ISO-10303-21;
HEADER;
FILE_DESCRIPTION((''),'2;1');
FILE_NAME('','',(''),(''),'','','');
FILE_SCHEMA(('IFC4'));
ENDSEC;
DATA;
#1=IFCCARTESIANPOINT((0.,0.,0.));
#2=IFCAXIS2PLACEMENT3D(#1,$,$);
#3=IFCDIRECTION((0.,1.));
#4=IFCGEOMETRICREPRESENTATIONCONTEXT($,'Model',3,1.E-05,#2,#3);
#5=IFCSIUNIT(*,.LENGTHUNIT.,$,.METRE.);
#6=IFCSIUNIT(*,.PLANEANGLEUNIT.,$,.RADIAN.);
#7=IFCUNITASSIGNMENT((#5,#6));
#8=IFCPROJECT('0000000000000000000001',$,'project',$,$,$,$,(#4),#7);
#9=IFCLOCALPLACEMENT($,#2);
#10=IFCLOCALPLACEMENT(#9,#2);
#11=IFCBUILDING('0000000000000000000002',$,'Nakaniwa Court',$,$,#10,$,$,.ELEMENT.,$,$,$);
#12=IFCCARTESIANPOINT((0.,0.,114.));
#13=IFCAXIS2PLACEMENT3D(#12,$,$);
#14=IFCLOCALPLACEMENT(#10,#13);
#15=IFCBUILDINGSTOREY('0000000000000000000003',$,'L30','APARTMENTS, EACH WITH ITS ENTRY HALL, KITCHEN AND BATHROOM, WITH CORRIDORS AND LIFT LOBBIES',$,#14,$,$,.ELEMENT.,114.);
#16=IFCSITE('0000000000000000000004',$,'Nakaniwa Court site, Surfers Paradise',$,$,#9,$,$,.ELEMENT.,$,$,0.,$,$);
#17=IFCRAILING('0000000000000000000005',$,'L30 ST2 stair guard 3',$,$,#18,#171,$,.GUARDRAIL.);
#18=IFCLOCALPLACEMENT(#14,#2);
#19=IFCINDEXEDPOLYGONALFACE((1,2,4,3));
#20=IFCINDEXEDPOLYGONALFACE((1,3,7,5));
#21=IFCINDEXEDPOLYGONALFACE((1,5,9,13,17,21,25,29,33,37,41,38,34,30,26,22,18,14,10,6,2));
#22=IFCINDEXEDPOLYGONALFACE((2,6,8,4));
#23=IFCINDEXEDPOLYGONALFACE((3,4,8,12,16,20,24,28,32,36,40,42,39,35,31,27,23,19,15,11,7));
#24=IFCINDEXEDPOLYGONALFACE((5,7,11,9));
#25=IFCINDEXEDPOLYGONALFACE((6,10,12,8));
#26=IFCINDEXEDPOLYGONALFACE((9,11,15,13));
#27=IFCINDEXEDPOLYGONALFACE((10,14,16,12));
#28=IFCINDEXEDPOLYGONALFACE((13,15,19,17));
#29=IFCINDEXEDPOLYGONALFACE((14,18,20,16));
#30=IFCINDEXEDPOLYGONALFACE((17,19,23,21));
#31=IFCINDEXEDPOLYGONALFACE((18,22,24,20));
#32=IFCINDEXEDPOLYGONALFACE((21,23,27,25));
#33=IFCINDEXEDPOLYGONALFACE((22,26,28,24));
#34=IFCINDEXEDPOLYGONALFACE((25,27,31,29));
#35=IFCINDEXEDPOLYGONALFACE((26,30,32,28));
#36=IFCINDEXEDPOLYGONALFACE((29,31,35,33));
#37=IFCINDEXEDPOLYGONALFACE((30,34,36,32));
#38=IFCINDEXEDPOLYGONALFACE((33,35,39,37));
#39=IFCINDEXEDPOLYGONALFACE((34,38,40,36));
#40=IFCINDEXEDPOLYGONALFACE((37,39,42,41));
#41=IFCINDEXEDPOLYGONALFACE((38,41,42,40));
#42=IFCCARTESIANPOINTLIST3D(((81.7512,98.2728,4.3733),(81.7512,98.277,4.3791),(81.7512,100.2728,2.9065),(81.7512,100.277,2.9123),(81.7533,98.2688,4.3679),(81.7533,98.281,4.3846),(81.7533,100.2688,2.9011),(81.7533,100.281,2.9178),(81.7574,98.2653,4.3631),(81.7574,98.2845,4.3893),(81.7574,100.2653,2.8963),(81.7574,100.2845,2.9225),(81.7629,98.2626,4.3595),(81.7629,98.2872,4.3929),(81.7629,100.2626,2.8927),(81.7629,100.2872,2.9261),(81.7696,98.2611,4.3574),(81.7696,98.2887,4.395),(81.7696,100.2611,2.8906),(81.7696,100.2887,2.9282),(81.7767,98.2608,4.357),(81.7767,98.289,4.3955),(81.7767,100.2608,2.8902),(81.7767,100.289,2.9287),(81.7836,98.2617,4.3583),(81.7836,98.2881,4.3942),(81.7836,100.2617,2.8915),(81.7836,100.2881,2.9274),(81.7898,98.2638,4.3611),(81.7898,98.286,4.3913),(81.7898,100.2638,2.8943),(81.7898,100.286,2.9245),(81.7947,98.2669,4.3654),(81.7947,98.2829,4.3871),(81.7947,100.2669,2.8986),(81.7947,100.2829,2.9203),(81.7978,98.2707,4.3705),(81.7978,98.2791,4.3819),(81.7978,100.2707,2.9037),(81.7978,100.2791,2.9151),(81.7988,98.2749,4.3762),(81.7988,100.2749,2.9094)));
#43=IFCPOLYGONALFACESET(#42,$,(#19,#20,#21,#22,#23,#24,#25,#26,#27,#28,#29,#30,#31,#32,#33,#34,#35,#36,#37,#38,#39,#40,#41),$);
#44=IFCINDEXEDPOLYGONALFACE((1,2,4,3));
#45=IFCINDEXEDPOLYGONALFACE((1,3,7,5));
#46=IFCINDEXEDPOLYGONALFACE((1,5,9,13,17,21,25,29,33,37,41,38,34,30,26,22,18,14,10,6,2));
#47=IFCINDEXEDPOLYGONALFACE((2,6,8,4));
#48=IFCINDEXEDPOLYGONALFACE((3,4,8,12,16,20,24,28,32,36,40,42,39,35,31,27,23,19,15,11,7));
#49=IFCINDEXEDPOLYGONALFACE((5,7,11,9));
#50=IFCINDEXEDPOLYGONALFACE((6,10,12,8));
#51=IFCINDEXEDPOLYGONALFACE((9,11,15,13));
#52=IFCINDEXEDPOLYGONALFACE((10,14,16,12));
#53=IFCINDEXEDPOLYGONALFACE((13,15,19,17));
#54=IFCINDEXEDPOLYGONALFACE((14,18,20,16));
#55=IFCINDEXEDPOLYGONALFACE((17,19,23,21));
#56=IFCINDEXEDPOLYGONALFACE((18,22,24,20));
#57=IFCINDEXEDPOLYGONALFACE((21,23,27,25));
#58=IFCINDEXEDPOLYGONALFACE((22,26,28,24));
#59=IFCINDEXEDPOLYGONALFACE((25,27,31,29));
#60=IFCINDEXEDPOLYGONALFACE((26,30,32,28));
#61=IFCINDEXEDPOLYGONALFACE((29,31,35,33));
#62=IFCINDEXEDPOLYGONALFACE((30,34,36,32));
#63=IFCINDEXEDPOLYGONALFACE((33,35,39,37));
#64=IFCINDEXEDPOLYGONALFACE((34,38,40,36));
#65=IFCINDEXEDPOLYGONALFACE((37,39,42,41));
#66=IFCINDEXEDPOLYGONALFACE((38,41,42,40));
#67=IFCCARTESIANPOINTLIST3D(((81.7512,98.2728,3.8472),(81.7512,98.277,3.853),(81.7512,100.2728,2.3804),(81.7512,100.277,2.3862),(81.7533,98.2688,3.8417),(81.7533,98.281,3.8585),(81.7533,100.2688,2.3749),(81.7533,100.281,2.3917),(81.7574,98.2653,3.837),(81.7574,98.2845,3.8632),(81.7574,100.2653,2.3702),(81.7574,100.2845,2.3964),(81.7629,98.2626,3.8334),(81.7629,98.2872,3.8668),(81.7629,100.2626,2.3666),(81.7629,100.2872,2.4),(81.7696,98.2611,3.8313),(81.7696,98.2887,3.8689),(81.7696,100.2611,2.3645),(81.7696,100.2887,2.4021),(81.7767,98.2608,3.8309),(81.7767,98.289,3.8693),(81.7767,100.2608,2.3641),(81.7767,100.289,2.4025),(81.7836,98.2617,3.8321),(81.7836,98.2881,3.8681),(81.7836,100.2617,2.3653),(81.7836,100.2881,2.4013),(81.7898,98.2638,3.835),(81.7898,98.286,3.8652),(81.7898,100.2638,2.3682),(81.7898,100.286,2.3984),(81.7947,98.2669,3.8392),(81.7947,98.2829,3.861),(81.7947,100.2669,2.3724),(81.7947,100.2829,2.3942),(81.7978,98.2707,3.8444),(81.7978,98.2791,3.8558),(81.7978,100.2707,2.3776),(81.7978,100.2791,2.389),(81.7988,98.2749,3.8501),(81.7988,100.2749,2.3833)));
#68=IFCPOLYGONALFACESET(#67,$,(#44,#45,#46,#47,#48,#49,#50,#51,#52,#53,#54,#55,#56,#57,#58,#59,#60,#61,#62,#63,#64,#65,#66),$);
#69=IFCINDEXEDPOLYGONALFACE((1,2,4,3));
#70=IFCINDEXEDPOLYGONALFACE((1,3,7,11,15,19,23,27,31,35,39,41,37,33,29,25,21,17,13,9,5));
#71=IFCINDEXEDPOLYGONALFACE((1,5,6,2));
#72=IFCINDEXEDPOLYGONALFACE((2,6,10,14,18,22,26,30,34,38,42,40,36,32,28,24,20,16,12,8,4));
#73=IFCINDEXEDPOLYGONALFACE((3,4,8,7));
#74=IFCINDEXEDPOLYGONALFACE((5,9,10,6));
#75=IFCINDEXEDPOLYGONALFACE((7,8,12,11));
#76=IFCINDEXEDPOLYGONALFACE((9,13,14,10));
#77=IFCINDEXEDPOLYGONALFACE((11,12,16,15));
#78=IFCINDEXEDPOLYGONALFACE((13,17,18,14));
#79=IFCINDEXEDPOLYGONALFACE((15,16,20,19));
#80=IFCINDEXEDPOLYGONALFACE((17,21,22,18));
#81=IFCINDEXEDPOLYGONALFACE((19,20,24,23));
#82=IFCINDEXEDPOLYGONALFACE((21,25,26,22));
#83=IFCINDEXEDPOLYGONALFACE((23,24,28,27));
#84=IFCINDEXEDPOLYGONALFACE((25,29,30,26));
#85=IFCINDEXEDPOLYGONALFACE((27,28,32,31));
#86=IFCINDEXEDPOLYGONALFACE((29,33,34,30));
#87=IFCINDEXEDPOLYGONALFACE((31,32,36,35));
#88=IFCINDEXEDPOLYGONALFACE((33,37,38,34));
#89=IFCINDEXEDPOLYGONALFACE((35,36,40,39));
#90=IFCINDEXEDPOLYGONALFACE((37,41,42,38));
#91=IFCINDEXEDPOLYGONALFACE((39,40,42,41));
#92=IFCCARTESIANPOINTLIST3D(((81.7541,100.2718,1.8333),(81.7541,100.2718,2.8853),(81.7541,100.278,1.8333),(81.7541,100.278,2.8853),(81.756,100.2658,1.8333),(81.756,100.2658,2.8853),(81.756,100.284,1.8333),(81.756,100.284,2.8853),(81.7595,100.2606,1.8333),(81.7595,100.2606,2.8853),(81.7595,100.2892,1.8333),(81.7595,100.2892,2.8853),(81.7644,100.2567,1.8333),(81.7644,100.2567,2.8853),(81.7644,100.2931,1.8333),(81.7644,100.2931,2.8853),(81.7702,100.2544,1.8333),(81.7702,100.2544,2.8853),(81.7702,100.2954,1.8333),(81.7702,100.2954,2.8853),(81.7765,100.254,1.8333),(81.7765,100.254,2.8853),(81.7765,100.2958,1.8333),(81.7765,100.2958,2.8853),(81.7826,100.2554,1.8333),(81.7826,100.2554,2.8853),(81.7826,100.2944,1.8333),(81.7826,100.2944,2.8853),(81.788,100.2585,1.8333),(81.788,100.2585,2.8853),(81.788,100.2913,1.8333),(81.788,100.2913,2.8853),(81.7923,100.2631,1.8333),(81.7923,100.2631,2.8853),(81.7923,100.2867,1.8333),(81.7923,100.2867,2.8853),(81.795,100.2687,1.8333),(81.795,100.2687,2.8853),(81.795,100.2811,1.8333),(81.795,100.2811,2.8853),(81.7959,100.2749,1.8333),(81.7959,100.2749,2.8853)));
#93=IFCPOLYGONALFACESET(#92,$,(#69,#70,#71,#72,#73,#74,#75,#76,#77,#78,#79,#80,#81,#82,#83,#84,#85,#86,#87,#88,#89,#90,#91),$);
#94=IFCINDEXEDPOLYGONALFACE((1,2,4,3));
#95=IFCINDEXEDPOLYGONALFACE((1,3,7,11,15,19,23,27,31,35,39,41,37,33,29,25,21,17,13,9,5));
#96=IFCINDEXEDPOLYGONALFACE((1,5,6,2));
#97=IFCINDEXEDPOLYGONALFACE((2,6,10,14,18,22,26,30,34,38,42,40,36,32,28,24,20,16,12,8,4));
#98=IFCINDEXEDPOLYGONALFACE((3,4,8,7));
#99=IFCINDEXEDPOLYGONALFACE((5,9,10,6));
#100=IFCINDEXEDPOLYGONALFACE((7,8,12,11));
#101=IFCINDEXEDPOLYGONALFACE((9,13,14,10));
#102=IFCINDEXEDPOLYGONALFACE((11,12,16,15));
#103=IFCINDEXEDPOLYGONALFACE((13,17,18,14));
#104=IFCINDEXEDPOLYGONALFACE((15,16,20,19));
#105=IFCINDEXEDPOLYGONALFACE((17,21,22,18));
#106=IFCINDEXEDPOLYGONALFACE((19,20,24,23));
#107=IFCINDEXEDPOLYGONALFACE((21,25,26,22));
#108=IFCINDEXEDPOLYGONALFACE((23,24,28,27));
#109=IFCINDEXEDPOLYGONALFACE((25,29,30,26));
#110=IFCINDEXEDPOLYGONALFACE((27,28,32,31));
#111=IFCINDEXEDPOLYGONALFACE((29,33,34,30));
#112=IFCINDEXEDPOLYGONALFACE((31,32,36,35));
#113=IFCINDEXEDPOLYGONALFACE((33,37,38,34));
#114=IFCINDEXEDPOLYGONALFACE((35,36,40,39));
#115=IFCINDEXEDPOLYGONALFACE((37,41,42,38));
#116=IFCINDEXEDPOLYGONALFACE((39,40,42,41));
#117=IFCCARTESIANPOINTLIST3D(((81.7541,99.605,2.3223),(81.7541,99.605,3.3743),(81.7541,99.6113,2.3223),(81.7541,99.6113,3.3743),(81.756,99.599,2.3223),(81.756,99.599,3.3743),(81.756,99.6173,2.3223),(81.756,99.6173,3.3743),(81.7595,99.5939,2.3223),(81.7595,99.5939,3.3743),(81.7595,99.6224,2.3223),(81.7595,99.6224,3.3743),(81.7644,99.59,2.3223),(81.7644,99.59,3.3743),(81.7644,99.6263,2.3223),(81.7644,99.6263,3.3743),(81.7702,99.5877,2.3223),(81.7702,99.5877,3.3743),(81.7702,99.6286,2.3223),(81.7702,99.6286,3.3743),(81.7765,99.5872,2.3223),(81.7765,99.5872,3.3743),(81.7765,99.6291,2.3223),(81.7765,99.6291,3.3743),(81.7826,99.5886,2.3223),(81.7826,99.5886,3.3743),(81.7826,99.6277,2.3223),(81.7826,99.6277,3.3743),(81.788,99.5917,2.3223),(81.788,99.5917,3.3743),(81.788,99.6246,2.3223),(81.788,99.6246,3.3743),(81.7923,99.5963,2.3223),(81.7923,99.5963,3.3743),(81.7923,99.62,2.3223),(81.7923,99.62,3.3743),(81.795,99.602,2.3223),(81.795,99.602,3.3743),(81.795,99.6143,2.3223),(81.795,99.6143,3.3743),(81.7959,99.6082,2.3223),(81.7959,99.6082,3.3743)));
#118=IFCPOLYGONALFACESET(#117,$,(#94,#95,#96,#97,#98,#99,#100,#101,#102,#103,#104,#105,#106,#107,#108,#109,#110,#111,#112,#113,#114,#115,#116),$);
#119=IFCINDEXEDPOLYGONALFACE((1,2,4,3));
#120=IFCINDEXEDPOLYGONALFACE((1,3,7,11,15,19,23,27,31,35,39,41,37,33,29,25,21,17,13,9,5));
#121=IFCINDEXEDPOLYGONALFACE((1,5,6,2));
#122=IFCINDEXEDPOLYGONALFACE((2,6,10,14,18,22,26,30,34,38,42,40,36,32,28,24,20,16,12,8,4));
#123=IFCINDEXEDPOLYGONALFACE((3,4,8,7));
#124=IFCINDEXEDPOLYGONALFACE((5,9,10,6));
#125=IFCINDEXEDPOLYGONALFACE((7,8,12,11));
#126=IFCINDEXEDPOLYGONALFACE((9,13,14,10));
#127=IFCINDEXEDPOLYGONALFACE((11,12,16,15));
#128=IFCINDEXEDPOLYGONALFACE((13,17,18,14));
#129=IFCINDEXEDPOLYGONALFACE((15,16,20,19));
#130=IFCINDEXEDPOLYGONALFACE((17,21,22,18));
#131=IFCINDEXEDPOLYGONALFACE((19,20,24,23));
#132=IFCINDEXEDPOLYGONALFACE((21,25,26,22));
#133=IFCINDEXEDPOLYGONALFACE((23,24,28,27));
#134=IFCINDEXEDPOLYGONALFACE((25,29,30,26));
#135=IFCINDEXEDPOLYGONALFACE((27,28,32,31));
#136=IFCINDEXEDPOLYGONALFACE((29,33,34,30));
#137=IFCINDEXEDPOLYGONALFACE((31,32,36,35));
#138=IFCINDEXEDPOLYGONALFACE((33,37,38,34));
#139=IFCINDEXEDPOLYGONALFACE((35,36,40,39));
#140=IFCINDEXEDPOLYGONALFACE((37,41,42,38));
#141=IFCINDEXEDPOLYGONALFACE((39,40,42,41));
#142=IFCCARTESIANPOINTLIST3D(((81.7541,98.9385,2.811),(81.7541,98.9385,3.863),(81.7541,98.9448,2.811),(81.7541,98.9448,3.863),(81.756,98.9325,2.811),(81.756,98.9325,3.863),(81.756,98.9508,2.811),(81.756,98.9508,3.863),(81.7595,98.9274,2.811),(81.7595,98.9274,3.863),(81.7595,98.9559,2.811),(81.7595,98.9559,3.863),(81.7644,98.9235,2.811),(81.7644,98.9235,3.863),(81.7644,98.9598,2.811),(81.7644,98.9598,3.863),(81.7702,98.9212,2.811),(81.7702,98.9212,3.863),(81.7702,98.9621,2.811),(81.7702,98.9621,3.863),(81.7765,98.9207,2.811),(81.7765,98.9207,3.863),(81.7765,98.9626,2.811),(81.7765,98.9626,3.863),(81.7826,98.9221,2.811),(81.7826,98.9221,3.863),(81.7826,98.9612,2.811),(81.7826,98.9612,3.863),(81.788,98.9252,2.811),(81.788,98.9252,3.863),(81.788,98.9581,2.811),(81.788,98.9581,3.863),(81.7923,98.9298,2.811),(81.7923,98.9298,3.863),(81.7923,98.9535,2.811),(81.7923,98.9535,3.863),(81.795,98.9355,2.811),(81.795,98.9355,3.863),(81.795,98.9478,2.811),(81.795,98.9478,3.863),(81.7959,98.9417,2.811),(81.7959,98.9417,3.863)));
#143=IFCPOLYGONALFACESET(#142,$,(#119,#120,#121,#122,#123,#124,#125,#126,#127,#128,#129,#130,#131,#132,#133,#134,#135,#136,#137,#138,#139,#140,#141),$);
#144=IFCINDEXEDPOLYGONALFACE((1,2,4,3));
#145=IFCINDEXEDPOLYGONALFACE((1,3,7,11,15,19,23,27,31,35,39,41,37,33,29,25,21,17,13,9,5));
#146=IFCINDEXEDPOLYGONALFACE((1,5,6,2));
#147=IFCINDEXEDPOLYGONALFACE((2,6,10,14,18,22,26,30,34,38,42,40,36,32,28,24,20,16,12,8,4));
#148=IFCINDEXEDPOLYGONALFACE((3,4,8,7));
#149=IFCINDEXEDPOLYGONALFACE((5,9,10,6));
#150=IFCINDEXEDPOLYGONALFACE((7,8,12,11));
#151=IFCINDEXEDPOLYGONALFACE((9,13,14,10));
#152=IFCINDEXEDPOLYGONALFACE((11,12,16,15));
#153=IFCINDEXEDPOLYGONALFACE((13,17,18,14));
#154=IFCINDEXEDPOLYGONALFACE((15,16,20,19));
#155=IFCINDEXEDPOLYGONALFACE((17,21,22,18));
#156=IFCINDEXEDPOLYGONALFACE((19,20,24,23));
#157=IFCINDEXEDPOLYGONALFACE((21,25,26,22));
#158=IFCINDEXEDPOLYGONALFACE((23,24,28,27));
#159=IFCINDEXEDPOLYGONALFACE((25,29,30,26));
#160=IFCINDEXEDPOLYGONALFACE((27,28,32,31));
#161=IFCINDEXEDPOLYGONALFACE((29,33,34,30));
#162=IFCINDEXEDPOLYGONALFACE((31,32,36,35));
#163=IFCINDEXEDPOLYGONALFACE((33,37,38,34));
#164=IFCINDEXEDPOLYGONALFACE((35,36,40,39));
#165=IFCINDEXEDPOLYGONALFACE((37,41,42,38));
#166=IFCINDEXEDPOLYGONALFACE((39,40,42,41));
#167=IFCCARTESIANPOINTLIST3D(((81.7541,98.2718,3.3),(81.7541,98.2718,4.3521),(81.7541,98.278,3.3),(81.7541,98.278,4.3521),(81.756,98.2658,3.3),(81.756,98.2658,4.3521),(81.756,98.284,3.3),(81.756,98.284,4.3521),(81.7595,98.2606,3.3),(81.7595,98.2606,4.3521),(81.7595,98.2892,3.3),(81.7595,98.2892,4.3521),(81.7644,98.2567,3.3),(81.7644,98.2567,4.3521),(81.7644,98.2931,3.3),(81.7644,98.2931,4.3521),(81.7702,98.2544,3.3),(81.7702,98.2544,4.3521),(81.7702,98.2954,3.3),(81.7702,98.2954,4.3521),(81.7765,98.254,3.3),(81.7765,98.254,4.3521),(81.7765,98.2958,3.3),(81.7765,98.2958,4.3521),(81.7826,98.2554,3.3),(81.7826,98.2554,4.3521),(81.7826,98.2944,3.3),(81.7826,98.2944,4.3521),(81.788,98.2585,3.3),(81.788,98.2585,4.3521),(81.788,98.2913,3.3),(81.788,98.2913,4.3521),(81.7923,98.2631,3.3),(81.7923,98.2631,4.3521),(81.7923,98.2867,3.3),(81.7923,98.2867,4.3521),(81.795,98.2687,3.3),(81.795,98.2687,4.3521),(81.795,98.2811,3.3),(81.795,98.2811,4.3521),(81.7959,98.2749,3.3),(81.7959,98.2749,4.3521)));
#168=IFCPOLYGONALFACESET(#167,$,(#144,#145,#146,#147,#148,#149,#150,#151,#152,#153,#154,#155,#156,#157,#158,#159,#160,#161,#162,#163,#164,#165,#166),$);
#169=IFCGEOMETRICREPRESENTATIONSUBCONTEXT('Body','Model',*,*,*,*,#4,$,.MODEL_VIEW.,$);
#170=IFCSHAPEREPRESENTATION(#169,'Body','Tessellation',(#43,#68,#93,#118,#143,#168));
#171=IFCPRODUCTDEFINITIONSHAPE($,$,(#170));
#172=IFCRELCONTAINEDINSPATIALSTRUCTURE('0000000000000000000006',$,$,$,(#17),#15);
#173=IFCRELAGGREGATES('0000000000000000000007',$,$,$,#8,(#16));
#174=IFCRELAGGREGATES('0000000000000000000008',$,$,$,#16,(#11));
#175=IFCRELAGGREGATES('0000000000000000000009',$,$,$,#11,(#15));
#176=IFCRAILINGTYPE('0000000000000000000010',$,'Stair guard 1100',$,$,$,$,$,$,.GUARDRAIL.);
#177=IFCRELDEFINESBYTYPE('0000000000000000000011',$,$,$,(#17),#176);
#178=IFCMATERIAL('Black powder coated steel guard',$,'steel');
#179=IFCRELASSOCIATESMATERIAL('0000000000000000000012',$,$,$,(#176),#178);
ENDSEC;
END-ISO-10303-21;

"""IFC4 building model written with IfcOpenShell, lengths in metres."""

from ifc_helpers import new_model, si_unit, direction, frame, origin, origin_2d, place, context, subcontext, project, spatial, circle, extrude, material, type_object, element, save


model = new_model("IFC4")

# Units and contexts
model_context = context("Model", 3, precision=1e-05, world=origin(), true_north=direction((0.0, 1.0)))
body_context = subcontext(model_context, "Body", "Model", "MODEL_VIEW")
ifc_project = project(units=[si_unit("LENGTHUNIT", "METRE"), si_unit("PLANEANGLEUNIT", "RADIAN")], contexts=[model_context])

# Site, building, storey
site_placement = place(None, origin())
site = spatial("IfcSite", under=ifc_project, at=site_placement, Name="Nakaniwa Court site, Surfers Paradise", CompositionType="ELEMENT", RefElevation=0.0)
building_placement = place(site_placement, origin())
building = spatial("IfcBuilding", under=site, at=building_placement, Name="Nakaniwa Court", CompositionType="ELEMENT")
storey_placement = place(building_placement, frame((0.0, 0.0, 114.0)))
storey = spatial("IfcBuildingStorey", under=building, at=storey_placement, Name="L30", Description="APARTMENTS, EACH WITH ITS ENTRY HALL, KITCHEN AND BATHROOM, WITH CORRIDORS AND LIFT LOBBIES", CompositionType="ELEMENT", Elevation=114.0)

# Railing
ifc_material_1 = material(Name="Black powder coated steel guard", Category="steel")
railing_type_1 = type_object("IfcRailingType", Name="Stair guard 1100", PredefinedType="GUARDRAIL", material=ifc_material_1)
railing_1_placement = place(storey_placement, frame((81.7749, 100.2749, 1.8333)))
element("IfcRailing", 1, at=railing_1_placement, inside=storey, type_object=railing_type_1, Name="L30 ST2 stair guard 3", PredefinedType="GUARDRAIL", context=body_context, shape_type="SweptSolid", body=[
    extrude(circle(Radius=0.0239, at=origin_2d()), frame((0.0, 0.0, 1.0762), z_axis=(0.0, -0.80638, 0.591398), x_axis=(1.0, 0.0, 0.0)), (0.0, 0.0, 1.0), 2.4802),
    extrude(circle(Radius=0.0239, at=origin_2d()), frame((0.0, 0.0, 0.55), z_axis=(0.0, -0.80638, 0.591398), x_axis=(1.0, 0.0, 0.0)), (0.0, 0.0, 1.0), 2.4802),
    extrude(circle(Radius=0.021, at=origin_2d()), origin(), (0.0, 0.0, 1.0), 1.052),
    extrude(circle(Radius=0.021, at=origin_2d()), frame((0.0, -0.6667, 0.489)), (0.0, 0.0, 1.0), 1.052),
    extrude(circle(Radius=0.021, at=origin_2d()), frame((0.0, -1.3333, 0.9778)), (0.0, 0.0, 1.0), 1.052),
    extrude(circle(Radius=0.021, at=origin_2d()), frame((0.0, -2.0, 1.4668)), (0.0, 0.0, 1.0), 1.052),
])

save(model, "model.ifc")
